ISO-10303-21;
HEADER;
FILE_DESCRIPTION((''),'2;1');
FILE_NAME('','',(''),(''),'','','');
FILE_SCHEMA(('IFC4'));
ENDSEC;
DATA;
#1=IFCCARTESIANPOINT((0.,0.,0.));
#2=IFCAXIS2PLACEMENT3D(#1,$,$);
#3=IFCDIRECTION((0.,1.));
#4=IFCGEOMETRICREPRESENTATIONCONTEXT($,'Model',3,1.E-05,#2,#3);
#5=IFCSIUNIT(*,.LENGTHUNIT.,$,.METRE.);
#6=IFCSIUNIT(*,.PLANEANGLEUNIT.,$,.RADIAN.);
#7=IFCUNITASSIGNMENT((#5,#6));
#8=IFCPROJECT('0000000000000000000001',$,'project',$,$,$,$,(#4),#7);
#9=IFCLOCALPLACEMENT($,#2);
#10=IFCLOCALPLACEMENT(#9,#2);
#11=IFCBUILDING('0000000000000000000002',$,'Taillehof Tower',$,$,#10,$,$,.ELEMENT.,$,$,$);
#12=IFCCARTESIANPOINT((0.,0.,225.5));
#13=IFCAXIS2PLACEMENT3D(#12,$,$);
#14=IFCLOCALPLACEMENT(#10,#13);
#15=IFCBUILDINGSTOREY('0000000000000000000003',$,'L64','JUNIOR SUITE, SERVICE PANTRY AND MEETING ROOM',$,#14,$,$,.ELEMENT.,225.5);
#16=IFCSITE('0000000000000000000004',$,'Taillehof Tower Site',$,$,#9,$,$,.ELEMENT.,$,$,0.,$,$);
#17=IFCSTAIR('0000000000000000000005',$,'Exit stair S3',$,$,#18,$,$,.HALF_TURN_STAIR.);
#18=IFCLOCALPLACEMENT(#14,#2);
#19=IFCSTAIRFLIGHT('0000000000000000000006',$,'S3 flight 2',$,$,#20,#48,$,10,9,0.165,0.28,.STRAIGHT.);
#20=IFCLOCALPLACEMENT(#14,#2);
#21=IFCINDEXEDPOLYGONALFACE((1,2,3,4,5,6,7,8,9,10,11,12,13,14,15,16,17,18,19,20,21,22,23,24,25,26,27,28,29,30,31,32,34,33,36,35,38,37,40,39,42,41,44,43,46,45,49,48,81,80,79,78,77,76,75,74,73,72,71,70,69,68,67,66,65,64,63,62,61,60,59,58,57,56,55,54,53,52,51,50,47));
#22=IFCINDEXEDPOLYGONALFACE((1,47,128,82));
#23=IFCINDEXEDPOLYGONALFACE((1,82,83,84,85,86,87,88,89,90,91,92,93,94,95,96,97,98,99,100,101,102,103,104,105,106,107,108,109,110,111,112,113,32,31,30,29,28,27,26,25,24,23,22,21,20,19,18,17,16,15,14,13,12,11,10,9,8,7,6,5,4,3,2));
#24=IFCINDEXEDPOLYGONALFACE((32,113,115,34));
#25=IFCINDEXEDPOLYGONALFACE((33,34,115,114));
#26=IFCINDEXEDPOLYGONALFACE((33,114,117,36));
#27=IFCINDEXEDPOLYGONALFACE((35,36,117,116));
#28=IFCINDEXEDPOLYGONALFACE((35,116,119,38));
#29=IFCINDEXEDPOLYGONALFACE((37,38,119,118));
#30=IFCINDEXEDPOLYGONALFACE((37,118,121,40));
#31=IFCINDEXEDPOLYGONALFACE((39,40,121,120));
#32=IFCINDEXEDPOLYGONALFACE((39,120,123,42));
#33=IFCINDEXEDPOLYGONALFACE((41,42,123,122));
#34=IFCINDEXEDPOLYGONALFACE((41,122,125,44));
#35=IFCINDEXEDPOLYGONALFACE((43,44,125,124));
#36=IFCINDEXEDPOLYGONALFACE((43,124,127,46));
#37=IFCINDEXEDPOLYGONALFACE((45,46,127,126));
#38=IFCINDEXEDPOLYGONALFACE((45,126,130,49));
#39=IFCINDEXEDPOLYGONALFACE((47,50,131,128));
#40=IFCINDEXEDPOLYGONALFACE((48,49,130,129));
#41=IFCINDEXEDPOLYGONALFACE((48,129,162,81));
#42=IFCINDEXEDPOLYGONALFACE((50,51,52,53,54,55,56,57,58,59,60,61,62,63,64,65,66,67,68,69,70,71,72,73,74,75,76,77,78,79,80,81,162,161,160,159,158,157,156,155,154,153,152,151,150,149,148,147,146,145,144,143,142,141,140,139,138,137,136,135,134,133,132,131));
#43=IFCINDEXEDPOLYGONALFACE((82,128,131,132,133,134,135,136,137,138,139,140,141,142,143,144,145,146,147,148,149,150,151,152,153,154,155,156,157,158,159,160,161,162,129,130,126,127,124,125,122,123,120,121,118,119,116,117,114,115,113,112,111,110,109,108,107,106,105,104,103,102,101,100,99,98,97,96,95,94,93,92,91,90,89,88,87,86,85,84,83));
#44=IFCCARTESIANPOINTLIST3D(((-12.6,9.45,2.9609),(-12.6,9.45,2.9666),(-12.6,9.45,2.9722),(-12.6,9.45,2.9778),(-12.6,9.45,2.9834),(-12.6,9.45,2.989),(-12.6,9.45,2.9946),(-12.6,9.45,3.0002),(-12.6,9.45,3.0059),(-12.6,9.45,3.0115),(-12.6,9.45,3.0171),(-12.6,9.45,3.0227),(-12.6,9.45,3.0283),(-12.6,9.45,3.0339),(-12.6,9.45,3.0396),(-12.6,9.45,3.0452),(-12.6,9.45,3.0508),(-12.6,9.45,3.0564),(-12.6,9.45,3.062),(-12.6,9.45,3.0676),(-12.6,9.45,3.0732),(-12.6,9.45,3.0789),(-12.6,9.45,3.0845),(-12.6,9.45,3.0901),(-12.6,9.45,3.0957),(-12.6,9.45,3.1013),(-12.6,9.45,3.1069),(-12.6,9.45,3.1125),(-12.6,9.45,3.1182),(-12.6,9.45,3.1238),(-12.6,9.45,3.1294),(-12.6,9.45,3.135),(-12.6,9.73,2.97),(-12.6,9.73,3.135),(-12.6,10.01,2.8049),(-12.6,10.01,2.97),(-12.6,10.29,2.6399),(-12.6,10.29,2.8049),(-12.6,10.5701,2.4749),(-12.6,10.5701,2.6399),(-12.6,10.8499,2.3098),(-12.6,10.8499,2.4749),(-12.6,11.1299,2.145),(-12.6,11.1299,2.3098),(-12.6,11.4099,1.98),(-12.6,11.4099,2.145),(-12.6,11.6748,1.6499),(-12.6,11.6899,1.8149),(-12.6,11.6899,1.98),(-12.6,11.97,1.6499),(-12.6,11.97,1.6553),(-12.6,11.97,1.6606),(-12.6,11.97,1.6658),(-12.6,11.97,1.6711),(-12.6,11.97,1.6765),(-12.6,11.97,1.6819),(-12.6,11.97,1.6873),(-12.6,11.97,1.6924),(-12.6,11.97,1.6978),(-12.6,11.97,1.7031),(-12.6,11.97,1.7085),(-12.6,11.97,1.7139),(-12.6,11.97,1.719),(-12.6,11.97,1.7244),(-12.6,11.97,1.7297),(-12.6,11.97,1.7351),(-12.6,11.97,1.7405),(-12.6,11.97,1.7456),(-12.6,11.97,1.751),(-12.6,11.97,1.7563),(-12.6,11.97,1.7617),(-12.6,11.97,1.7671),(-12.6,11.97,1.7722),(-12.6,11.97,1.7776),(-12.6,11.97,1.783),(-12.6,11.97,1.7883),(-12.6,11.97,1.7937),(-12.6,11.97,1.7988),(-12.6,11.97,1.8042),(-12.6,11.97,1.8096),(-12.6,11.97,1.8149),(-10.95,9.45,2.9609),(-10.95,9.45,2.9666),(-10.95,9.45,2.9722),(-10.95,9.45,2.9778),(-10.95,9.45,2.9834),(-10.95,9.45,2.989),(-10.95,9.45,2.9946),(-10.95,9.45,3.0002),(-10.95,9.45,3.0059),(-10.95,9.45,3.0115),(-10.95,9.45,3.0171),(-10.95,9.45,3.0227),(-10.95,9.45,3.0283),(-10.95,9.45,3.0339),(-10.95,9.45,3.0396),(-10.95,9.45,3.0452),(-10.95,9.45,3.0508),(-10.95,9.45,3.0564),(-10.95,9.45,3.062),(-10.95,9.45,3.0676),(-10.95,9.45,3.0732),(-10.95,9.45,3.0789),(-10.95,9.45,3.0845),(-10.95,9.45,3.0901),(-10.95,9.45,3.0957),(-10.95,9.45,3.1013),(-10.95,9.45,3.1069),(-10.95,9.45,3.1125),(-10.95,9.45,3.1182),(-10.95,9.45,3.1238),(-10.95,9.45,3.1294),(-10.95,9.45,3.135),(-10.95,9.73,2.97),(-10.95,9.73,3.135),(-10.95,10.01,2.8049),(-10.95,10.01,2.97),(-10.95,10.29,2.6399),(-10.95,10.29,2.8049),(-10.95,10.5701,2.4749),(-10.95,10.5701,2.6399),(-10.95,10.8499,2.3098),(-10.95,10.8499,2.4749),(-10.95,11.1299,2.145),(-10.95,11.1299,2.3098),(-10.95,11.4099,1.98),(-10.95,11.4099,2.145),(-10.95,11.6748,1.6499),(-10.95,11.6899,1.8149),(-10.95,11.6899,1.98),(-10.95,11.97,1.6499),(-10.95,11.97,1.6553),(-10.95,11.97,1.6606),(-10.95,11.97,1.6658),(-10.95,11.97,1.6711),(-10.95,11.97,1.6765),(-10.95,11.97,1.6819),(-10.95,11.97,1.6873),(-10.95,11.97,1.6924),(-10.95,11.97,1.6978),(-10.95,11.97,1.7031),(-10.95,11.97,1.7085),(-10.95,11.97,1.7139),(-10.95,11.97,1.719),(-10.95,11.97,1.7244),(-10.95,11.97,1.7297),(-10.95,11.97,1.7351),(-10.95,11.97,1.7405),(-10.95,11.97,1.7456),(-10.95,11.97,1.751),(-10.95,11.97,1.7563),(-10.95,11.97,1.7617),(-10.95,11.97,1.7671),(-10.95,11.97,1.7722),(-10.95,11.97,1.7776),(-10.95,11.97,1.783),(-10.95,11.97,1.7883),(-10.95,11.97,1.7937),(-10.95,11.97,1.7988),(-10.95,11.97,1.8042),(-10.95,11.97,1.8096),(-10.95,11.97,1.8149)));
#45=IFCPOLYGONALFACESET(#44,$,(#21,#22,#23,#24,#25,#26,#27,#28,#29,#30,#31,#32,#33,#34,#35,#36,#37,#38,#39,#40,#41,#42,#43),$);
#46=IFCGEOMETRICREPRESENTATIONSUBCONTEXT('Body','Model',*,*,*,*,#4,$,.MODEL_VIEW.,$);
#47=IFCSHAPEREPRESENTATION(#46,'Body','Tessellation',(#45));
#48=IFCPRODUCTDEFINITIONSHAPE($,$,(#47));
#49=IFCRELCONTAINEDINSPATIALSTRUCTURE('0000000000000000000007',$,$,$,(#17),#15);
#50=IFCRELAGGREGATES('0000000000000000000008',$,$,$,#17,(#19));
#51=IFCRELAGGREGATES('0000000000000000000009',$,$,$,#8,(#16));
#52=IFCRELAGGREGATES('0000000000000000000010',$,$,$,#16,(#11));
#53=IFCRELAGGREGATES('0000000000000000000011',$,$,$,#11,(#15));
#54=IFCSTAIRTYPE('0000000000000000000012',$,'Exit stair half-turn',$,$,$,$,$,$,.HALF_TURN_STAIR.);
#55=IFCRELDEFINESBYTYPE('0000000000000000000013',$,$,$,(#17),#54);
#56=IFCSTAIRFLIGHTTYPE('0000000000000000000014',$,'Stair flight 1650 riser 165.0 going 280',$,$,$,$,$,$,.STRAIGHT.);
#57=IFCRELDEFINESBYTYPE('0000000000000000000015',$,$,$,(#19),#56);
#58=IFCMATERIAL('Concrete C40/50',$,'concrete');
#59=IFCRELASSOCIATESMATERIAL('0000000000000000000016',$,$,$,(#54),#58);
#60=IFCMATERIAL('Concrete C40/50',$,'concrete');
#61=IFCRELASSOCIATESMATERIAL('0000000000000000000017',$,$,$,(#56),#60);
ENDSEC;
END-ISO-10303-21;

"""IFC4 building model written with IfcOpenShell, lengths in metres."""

from ifc_helpers import new_model, si_unit, direction, frame, origin, place, context, subcontext, project, spatial, polyline, outline, extrude, material, type_object, element, aggregate, save


model = new_model("IFC4")

# Units and contexts
model_context = context("Model", 3, precision=1e-05, world=origin(), true_north=direction((0.0, 1.0)))
body_context = subcontext(model_context, "Body", "Model", "MODEL_VIEW")
ifc_project = project(units=[si_unit("LENGTHUNIT", "METRE"), si_unit("PLANEANGLEUNIT", "RADIAN")], contexts=[model_context])

# Site, building, storey
site_placement = place(None, origin())
site = spatial("IfcSite", under=ifc_project, at=site_placement, Name="Taillehof Tower Site", CompositionType="ELEMENT", RefElevation=0.0)
building_placement = place(site_placement, origin())
building = spatial("IfcBuilding", under=site, at=building_placement, Name="Taillehof Tower", CompositionType="ELEMENT")
storey_placement = place(building_placement, frame((0.0, 0.0, 225.5)))
storey = spatial("IfcBuildingStorey", under=building, at=storey_placement, Name="L64", Description="JUNIOR SUITE, SERVICE PANTRY AND MEETING ROOM", CompositionType="ELEMENT", Elevation=225.5)

# Stair, stair flight
ifc_material_1 = material(Name="Concrete C40/50", Category="concrete")
stair_type = type_object("IfcStairType", Name="Exit stair half-turn", PredefinedType="HALF_TURN_STAIR", material=ifc_material_1)
stair_placement = place(storey_placement, origin())
stair = element("IfcStair", 1, at=stair_placement, inside=storey, type_object=stair_type, Name="Exit stair S3", PredefinedType="HALF_TURN_STAIR")
ifc_material_2 = material(Name="Concrete C40/50", Category="concrete")
stair_flight_type = type_object("IfcStairFlightType", Name="Stair flight 1650 riser 165.0 going 280", PredefinedType="STRAIGHT", material=ifc_material_2)
stair_flight_placement = place(storey_placement, frame((-11.7749, 11.97, 1.6499), z_axis=(0.0, 0.0, 1.0), x_axis=(0.0, -1.0, 0.0)))
stair_flight = element("IfcStairFlight", 2, at=stair_flight_placement, type_object=stair_flight_type, Name="S3 flight 2", NumberOfRisers=10, NumberOfTreads=9, PredefinedType="STRAIGHT", RiserHeight=0.165, TreadLength=0.28, context=body_context, shape_type="SweptSolid", body=[
    extrude(outline(polyline([(0.0, 0.0), (0.0, 0.0054), (0.0, 0.0107), (0.0, 0.0159), (0.0, 0.0212), (0.0, 0.0266), (0.0, 0.032), (0.0, 0.0374), (0.0, 0.0425), (0.0, 0.0479), (0.0, 0.0532), (0.0, 0.0586), (0.0, 0.064), (0.0, 0.0691), (0.0, 0.0745), (0.0, 0.0798), (0.0, 0.0852), (0.0, 0.0906), (0.0, 0.0957), (0.0, 0.1011), (0.0, 0.1064), (0.0, 0.1118), (0.0, 0.1172), (0.0, 0.1223), (0.0, 0.1277), (0.0, 0.1331), (0.0, 0.1384), (0.0, 0.1438), (0.0, 0.1489), (0.0, 0.1543), (0.0, 0.1597), (0.0, 0.165), (0.28, 0.165), (0.28, 0.3301), (0.5601, 0.3301), (0.5601, 0.4951), (0.8401, 0.4951), (0.8401, 0.6599), (1.1201, 0.6599), (1.1201, 0.825), (1.3999, 0.825), (1.3999, 0.99), (1.6799, 0.99), (1.6799, 1.155), (1.96, 1.155), (1.96, 1.3201), (2.24, 1.3201), (2.24, 1.4851), (2.52, 1.4851), (2.52, 1.4795), (2.52, 1.4739), (2.52, 1.4683), (2.52, 1.4626), (2.52, 1.457), (2.52, 1.4514), (2.52, 1.4458), (2.52, 1.4402), (2.52, 1.4346), (2.52, 1.429), (2.52, 1.4233), (2.52, 1.4177), (2.52, 1.4121), (2.52, 1.4065), (2.52, 1.4009), (2.52, 1.3953), (2.52, 1.3896), (2.52, 1.384), (2.52, 1.3784), (2.52, 1.3728), (2.52, 1.3672), (2.52, 1.3616), (2.52, 1.356), (2.52, 1.3503), (2.52, 1.3447), (2.52, 1.3391), (2.52, 1.3335), (2.52, 1.3279), (2.52, 1.3223), (2.52, 1.3167), (2.52, 1.311), (0.2952, 0.0), (0.0, 0.0)])), frame((0.0, 0.825, 0.0), z_axis=(0.0, -1.0, 0.0), x_axis=(1.0, 0.0, 0.0)), (0.0, 0.0, 1.0), 1.65),
])
aggregate(stair, [stair_flight])

save(model, "model.ifc")
